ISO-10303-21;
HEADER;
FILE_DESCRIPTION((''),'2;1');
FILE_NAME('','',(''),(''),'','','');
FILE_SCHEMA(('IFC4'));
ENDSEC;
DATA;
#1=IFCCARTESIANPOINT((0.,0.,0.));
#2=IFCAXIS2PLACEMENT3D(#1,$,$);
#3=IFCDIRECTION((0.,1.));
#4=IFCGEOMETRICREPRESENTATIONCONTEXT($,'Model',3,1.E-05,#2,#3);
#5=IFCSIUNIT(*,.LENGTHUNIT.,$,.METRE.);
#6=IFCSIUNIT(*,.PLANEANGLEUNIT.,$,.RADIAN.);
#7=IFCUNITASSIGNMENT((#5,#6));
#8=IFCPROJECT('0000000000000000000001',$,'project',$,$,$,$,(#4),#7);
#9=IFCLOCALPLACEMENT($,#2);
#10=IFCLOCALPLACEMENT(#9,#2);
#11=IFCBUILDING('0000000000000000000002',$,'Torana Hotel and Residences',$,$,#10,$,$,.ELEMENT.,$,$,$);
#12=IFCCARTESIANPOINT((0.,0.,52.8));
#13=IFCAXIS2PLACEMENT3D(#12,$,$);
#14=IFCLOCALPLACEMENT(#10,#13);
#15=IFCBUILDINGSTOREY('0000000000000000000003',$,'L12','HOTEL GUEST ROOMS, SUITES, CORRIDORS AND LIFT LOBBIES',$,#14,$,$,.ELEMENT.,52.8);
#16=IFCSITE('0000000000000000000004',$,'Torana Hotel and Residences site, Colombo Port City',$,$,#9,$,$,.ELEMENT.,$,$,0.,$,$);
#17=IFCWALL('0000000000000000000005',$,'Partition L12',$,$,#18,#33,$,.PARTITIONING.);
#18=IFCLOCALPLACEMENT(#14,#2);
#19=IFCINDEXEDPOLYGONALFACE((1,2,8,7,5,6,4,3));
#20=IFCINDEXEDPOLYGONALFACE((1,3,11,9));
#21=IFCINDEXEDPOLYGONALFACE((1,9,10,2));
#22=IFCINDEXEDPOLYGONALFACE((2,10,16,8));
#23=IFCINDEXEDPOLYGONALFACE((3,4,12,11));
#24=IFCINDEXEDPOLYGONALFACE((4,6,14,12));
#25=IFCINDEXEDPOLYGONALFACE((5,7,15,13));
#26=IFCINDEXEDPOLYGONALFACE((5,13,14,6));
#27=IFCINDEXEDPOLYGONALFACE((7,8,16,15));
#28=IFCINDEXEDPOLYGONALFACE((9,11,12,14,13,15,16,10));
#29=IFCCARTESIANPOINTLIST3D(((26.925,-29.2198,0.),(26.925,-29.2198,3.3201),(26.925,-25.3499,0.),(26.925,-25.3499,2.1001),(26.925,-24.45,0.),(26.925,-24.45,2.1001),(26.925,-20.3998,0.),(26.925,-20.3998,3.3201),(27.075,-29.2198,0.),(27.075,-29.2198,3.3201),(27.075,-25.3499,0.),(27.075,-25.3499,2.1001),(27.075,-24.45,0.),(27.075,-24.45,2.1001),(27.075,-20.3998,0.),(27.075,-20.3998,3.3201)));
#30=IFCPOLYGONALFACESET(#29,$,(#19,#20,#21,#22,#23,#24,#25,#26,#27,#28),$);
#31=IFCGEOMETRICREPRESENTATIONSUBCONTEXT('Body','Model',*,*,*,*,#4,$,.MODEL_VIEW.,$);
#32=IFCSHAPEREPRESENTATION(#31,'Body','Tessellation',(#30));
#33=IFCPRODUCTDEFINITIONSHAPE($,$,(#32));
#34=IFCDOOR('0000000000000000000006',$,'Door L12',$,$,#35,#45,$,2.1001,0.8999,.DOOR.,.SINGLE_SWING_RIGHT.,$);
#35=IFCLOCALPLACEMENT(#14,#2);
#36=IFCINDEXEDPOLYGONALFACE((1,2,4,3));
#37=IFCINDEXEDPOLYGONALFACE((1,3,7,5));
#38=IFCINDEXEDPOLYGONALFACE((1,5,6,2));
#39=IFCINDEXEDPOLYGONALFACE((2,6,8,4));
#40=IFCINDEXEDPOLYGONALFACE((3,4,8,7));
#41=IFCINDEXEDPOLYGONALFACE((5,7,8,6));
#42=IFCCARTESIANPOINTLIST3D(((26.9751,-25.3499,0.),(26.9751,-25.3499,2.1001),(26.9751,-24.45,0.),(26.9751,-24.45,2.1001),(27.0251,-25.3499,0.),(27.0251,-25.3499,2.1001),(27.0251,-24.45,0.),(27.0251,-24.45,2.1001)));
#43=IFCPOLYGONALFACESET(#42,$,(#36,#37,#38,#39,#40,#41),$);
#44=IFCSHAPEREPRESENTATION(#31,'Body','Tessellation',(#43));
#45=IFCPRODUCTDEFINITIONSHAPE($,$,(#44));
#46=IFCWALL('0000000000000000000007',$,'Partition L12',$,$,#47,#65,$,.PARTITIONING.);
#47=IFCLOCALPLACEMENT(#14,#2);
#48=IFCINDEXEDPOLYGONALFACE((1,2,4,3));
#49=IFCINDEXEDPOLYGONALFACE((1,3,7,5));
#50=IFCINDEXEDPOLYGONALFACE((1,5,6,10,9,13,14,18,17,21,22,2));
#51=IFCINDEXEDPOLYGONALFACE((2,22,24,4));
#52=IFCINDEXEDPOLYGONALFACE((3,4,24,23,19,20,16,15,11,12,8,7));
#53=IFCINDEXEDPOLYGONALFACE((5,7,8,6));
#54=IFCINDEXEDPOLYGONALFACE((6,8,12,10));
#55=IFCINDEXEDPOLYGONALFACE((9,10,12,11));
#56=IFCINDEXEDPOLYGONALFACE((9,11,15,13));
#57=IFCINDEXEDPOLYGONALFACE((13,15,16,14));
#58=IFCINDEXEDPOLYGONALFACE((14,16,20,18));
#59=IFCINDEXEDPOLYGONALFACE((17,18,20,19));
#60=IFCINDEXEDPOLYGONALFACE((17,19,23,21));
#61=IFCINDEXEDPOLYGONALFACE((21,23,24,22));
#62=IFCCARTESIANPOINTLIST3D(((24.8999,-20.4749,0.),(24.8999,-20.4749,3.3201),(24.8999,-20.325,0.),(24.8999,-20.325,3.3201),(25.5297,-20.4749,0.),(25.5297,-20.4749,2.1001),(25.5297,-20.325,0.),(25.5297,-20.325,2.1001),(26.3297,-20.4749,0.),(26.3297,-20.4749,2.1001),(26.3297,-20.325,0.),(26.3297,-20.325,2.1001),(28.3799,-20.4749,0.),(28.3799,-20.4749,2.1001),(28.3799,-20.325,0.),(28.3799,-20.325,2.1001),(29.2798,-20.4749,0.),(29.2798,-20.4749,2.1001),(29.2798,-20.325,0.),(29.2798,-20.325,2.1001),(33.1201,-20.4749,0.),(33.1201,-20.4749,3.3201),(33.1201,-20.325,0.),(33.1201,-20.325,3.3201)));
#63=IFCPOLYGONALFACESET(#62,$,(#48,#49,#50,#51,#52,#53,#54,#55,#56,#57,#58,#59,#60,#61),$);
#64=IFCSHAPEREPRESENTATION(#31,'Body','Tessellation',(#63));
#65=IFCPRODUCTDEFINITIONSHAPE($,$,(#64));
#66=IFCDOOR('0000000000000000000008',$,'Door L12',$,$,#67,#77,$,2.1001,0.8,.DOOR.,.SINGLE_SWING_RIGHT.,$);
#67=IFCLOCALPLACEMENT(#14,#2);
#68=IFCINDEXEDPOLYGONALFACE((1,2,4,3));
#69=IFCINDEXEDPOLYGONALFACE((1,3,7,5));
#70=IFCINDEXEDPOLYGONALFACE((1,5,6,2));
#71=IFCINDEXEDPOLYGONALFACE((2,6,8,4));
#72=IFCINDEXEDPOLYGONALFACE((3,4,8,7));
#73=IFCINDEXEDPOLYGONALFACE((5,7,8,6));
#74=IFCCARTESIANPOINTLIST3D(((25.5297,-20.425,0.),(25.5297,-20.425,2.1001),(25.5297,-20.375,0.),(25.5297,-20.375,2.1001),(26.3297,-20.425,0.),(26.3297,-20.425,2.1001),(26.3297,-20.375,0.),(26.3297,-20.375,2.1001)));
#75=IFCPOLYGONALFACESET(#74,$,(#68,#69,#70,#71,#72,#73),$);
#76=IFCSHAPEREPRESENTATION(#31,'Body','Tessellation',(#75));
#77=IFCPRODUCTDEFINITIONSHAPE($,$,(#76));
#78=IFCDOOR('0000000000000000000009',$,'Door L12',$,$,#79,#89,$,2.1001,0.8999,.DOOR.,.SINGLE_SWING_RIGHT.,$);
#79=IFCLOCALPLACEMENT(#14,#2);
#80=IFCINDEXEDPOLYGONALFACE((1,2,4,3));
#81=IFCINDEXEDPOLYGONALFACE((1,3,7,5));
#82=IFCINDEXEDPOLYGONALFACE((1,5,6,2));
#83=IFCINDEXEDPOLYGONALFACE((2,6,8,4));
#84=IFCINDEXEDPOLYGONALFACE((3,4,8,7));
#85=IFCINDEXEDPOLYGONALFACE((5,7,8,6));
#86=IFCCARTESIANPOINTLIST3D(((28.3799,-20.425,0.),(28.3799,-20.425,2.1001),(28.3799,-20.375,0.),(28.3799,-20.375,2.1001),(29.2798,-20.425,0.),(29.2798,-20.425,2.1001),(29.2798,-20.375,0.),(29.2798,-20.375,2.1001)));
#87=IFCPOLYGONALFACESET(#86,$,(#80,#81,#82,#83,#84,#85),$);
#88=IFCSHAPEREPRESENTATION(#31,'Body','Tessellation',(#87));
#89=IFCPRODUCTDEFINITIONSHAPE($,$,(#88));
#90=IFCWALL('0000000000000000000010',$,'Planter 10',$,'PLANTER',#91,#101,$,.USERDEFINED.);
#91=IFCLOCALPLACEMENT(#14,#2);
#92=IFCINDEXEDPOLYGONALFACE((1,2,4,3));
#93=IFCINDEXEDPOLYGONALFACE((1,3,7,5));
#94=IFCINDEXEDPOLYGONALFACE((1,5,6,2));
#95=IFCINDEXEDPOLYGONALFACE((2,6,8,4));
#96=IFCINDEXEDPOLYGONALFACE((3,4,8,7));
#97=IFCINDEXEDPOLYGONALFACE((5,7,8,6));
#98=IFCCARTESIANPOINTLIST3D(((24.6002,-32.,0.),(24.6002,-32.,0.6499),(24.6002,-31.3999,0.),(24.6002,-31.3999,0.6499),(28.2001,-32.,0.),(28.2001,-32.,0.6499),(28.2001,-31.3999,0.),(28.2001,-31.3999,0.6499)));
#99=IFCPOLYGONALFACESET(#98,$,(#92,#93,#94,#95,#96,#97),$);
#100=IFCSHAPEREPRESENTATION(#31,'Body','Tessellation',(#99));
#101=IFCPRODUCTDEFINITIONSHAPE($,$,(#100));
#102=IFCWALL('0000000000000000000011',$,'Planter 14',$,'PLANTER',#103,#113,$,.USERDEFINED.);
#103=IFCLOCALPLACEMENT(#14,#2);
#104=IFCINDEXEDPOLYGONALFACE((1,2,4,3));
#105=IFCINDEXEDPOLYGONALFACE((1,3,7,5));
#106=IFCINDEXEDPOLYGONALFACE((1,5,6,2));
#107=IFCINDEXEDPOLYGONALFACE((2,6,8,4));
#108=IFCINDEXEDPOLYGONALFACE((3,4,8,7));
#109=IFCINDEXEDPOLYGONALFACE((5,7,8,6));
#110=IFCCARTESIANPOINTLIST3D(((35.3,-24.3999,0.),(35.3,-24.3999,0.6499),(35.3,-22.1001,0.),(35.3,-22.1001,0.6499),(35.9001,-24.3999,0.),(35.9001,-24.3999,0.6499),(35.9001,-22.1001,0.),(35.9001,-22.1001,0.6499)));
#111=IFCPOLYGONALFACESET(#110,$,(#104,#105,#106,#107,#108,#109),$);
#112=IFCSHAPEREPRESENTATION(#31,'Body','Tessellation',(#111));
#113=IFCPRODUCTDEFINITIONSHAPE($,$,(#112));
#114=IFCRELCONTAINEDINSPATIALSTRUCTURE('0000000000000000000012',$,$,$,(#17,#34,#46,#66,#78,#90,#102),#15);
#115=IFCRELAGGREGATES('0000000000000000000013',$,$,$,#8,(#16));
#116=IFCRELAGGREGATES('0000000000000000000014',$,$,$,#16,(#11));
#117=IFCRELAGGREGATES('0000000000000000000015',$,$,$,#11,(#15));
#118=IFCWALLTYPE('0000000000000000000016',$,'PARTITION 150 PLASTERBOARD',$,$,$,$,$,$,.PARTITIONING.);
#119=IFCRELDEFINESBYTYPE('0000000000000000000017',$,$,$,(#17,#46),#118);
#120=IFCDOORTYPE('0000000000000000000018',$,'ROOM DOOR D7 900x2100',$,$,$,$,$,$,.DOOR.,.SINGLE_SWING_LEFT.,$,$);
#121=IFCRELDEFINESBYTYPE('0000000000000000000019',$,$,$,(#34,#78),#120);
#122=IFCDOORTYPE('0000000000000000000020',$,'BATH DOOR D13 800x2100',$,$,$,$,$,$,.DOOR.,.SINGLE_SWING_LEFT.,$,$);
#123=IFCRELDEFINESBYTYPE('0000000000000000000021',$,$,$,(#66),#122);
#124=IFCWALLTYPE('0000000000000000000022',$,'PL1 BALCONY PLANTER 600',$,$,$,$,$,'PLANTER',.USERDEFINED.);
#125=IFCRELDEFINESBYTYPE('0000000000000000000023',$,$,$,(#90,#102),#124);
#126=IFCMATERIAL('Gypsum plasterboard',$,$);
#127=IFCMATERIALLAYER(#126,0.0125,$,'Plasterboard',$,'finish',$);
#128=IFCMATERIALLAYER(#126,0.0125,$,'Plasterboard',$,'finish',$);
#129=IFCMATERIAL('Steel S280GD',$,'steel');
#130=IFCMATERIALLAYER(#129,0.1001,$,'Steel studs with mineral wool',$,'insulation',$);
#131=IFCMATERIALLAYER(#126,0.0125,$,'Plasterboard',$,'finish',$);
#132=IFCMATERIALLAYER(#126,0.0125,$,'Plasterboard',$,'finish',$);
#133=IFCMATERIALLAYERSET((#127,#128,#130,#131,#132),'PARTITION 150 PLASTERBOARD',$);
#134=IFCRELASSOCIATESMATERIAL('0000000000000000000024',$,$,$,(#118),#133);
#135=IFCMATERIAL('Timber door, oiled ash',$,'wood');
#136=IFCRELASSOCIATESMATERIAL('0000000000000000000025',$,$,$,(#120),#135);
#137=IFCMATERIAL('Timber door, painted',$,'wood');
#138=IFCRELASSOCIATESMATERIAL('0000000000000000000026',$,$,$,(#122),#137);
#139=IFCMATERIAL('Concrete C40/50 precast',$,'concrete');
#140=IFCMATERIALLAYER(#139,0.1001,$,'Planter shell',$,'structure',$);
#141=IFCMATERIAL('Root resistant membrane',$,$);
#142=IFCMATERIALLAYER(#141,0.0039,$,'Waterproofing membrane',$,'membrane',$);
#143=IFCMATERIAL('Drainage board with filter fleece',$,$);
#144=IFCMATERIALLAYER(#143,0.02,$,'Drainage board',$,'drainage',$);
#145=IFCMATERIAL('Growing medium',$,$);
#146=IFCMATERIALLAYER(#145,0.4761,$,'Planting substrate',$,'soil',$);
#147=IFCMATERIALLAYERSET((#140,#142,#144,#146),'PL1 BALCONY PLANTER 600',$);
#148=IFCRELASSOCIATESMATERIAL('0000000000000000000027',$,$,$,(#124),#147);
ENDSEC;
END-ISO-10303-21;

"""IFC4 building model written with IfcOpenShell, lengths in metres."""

from ifc_helpers import new_model, si_unit, direction, frame, frame_2d, origin, place, context, subcontext, project, spatial, rectangle, extrude, material, layer, layer_set, type_object, element, fill, save


model = new_model("IFC4")

# Units and contexts
model_context = context("Model", 3, precision=1e-05, world=origin(), true_north=direction((0.0, 1.0)))
body_context = subcontext(model_context, "Body", "Model", "MODEL_VIEW")
ifc_project = project(units=[si_unit("LENGTHUNIT", "METRE"), si_unit("PLANEANGLEUNIT", "RADIAN")], contexts=[model_context])

# Site, building, storey
site_placement = place(None, origin())
site = spatial("IfcSite", under=ifc_project, at=site_placement, Name="Torana Hotel and Residences site, Colombo Port City", CompositionType="ELEMENT", RefElevation=0.0)
building_placement = place(site_placement, origin())
building = spatial("IfcBuilding", under=site, at=building_placement, Name="Torana Hotel and Residences", CompositionType="ELEMENT")
storey_placement = place(building_placement, frame((0.0, 0.0, 52.8)))
storey = spatial("IfcBuildingStorey", under=building, at=storey_placement, Name="L12", Description="HOTEL GUEST ROOMS, SUITES, CORRIDORS AND LIFT LOBBIES", CompositionType="ELEMENT", Elevation=52.8)

# Shared definitions
ifc_material_1 = material(Name="Steel S280GD", Category="steel")

# Shared definitions
ifc_material_2 = material(Name="Gypsum plasterboard")
ifc_layer_1 = layer(ifc_material_2, 0.0125, Name="Plasterboard", Category="finish")
ifc_layer_2 = layer(ifc_material_2, 0.0125, Name="Plasterboard", Category="finish")
ifc_layer_3 = layer(ifc_material_1, 0.1001, Name="Steel studs with mineral wool", Category="insulation")
ifc_layer_4 = layer(ifc_material_2, 0.0125, Name="Plasterboard", Category="finish")
ifc_layer_5 = layer(ifc_material_2, 0.0125, Name="Plasterboard", Category="finish")
ifc_layer_set_1 = layer_set([ifc_layer_1, ifc_layer_2, ifc_layer_3, ifc_layer_4, ifc_layer_5], Name="PARTITION 150 PLASTERBOARD")
wall_type_1 = type_object("IfcWallType", Name="PARTITION 150 PLASTERBOARD", PredefinedType="PARTITIONING", material=ifc_layer_set_1)

# Wall, opening, door
wall_1_placement = place(storey_placement, frame((27.0, -29.22, 0.0), z_axis=(0.0, 0.0, 1.0), x_axis=(0.0, 1.0, 0.0)))
wall_1 = element("IfcWall", 1, at=wall_1_placement, inside=storey, type_object=wall_type_1, Name="Partition L12", PredefinedType="PARTITIONING", context=body_context, shape_type="SweptSolid", body=[
    extrude(rectangle(XDim=8.8201, YDim=0.1499, at=frame_2d((4.4102, 0.0))), origin(), (0.0, 0.0, 1.0), 3.3201),
])
opening_1_placement = place(wall_1_placement, frame((3.8701, 0.0, 0.0)))
opening_1 = element("IfcOpeningElement", 2, at=opening_1_placement, cuts=wall_1, PredefinedType="OPENING", context=body_context, shape_type="SweptSolid", body=[
    extrude(rectangle(XDim=0.8999, YDim=2.1001, at=frame_2d((0.45, 1.05))), frame((0.0, 0.085, 0.0), z_axis=(0.0, -1.0, 0.0), x_axis=(1.0, 0.0, 0.0)), (0.0, 0.0, 1.0), 0.1699),
])
ifc_material_3 = material(Name="Timber door, oiled ash", Category="wood")
door_type_1 = type_object("IfcDoorType", Name="ROOM DOOR D7 900x2100", OperationType="SINGLE_SWING_LEFT", PredefinedType="DOOR", material=ifc_material_3)
door_1_placement = place(opening_1_placement, origin())
door_1 = element("IfcDoor", 3, at=door_1_placement, inside=storey, type_object=door_type_1, Name="Door L12", OperationType="SINGLE_SWING_RIGHT", OverallHeight=2.1001, OverallWidth=0.8999, PredefinedType="DOOR", context=body_context, shape_type="SweptSolid", body=[
    extrude(rectangle(XDim=0.8999, YDim=2.1001, at=frame_2d((0.45, 1.05))), frame((0.0, 0.0249, 0.0), z_axis=(0.0, -1.0, 0.0), x_axis=(1.0, 0.0, 0.0)), (0.0, 0.0, 1.0), 0.05),
])
fill(opening_1, door_1)

# Wall, openings, doors
wall_2_placement = place(storey_placement, frame((24.8999, -20.3999, 0.0), z_axis=(0.0, 0.0, 1.0), x_axis=(1.0, 0.0, 0.0)))
wall_2 = element("IfcWall", 4, at=wall_2_placement, inside=storey, type_object=wall_type_1, Name="Partition L12", PredefinedType="PARTITIONING", context=body_context, shape_type="SweptSolid", body=[
    extrude(rectangle(XDim=8.2202, YDim=0.1499, at=frame_2d((4.1101, 0.0))), origin(), (0.0, 0.0, 1.0), 3.3201),
])
opening_2_placement = place(wall_2_placement, frame((0.6299, 0.0, 0.0)))
opening_2 = element("IfcOpeningElement", 5, at=opening_2_placement, cuts=wall_2, PredefinedType="OPENING", context=body_context, shape_type="SweptSolid", body=[
    extrude(rectangle(XDim=0.8, YDim=2.1001, at=frame_2d((0.3999, 1.05))), frame((0.0, 0.085, 0.0), z_axis=(0.0, -1.0, 0.0), x_axis=(1.0, 0.0, 0.0)), (0.0, 0.0, 1.0), 0.1699),
])
opening_3_placement = place(wall_2_placement, frame((3.48, 0.0, 0.0)))
opening_3 = element("IfcOpeningElement", 6, at=opening_3_placement, cuts=wall_2, PredefinedType="OPENING", context=body_context, shape_type="SweptSolid", body=[
    extrude(rectangle(XDim=0.8999, YDim=2.1001, at=frame_2d((0.45, 1.05))), frame((0.0, 0.085, 0.0), z_axis=(0.0, -1.0, 0.0), x_axis=(1.0, 0.0, 0.0)), (0.0, 0.0, 1.0), 0.1699),
])
ifc_material_4 = material(Name="Timber door, painted", Category="wood")
door_type_2 = type_object("IfcDoorType", Name="BATH DOOR D13 800x2100", OperationType="SINGLE_SWING_LEFT", PredefinedType="DOOR", material=ifc_material_4)
door_2_placement = place(opening_2_placement, origin())
door_2 = element("IfcDoor", 7, at=door_2_placement, inside=storey, type_object=door_type_2, Name="Door L12", OperationType="SINGLE_SWING_RIGHT", OverallHeight=2.1001, OverallWidth=0.8, PredefinedType="DOOR", context=body_context, shape_type="SweptSolid", body=[
    extrude(rectangle(XDim=0.8, YDim=2.1001, at=frame_2d((0.3999, 1.05))), frame((0.0, 0.0249, 0.0), z_axis=(0.0, -1.0, 0.0), x_axis=(1.0, 0.0, 0.0)), (0.0, 0.0, 1.0), 0.05),
])
fill(opening_2, door_2)
door_3_placement = place(opening_3_placement, origin())
door_3 = element("IfcDoor", 8, at=door_3_placement, inside=storey, type_object=door_type_1, Name="Door L12", OperationType="SINGLE_SWING_RIGHT", OverallHeight=2.1001, OverallWidth=0.8999, PredefinedType="DOOR", context=body_context, shape_type="SweptSolid", body=[
    extrude(rectangle(XDim=0.8999, YDim=2.1001, at=frame_2d((0.45, 1.05))), frame((0.0, 0.0249, 0.0), z_axis=(0.0, -1.0, 0.0), x_axis=(1.0, 0.0, 0.0)), (0.0, 0.0, 1.0), 0.05),
])
fill(opening_3, door_3)

# Walls
ifc_material_5 = material(Name="Concrete C40/50 precast", Category="concrete")
ifc_layer_6 = layer(ifc_material_5, 0.1001, Name="Planter shell", Category="structure")
ifc_material_6 = material(Name="Root resistant membrane")
ifc_layer_7 = layer(ifc_material_6, 0.0039, Name="Waterproofing membrane", Category="membrane")
ifc_material_7 = material(Name="Drainage board with filter fleece")
ifc_layer_8 = layer(ifc_material_7, 0.02, Name="Drainage board", Category="drainage")
ifc_material_8 = material(Name="Growing medium")
ifc_layer_9 = layer(ifc_material_8, 0.4761, Name="Planting substrate", Category="soil")
ifc_layer_set_2 = layer_set([ifc_layer_6, ifc_layer_7, ifc_layer_8, ifc_layer_9], Name="PL1 BALCONY PLANTER 600")
wall_type_2 = type_object("IfcWallType", Name="PL1 BALCONY PLANTER 600", ElementType="PLANTER", PredefinedType="USERDEFINED", material=ifc_layer_set_2)
wall_3_placement = place(storey_placement, frame((28.2, -31.7, 0.0), z_axis=(0.0, 0.0, 1.0), x_axis=(-1.0, 0.0, 0.0)))
element("IfcWall", 9, at=wall_3_placement, inside=storey, type_object=wall_type_2, Name="Planter 10", ObjectType="PLANTER", PredefinedType="USERDEFINED", context=body_context, shape_type="SweptSolid", body=[
    extrude(rectangle(XDim=3.5999, YDim=0.6001, at=frame_2d((1.7998, 0.0))), origin(), (0.0, 0.0, 1.0), 0.6499),
])
wall_4_placement = place(storey_placement, frame((35.6001, -22.1001, 0.0), z_axis=(0.0, 0.0, 1.0), x_axis=(0.0, -1.0, 0.0)))
element("IfcWall", 10, at=wall_4_placement, inside=storey, type_object=wall_type_2, Name="Planter 14", ObjectType="PLANTER", PredefinedType="USERDEFINED", context=body_context, shape_type="SweptSolid", body=[
    extrude(rectangle(XDim=2.2998, YDim=0.6001, at=frame_2d((1.1499, 0.0))), origin(), (0.0, 0.0, 1.0), 0.6499),
])

save(model, "model.ifc")
